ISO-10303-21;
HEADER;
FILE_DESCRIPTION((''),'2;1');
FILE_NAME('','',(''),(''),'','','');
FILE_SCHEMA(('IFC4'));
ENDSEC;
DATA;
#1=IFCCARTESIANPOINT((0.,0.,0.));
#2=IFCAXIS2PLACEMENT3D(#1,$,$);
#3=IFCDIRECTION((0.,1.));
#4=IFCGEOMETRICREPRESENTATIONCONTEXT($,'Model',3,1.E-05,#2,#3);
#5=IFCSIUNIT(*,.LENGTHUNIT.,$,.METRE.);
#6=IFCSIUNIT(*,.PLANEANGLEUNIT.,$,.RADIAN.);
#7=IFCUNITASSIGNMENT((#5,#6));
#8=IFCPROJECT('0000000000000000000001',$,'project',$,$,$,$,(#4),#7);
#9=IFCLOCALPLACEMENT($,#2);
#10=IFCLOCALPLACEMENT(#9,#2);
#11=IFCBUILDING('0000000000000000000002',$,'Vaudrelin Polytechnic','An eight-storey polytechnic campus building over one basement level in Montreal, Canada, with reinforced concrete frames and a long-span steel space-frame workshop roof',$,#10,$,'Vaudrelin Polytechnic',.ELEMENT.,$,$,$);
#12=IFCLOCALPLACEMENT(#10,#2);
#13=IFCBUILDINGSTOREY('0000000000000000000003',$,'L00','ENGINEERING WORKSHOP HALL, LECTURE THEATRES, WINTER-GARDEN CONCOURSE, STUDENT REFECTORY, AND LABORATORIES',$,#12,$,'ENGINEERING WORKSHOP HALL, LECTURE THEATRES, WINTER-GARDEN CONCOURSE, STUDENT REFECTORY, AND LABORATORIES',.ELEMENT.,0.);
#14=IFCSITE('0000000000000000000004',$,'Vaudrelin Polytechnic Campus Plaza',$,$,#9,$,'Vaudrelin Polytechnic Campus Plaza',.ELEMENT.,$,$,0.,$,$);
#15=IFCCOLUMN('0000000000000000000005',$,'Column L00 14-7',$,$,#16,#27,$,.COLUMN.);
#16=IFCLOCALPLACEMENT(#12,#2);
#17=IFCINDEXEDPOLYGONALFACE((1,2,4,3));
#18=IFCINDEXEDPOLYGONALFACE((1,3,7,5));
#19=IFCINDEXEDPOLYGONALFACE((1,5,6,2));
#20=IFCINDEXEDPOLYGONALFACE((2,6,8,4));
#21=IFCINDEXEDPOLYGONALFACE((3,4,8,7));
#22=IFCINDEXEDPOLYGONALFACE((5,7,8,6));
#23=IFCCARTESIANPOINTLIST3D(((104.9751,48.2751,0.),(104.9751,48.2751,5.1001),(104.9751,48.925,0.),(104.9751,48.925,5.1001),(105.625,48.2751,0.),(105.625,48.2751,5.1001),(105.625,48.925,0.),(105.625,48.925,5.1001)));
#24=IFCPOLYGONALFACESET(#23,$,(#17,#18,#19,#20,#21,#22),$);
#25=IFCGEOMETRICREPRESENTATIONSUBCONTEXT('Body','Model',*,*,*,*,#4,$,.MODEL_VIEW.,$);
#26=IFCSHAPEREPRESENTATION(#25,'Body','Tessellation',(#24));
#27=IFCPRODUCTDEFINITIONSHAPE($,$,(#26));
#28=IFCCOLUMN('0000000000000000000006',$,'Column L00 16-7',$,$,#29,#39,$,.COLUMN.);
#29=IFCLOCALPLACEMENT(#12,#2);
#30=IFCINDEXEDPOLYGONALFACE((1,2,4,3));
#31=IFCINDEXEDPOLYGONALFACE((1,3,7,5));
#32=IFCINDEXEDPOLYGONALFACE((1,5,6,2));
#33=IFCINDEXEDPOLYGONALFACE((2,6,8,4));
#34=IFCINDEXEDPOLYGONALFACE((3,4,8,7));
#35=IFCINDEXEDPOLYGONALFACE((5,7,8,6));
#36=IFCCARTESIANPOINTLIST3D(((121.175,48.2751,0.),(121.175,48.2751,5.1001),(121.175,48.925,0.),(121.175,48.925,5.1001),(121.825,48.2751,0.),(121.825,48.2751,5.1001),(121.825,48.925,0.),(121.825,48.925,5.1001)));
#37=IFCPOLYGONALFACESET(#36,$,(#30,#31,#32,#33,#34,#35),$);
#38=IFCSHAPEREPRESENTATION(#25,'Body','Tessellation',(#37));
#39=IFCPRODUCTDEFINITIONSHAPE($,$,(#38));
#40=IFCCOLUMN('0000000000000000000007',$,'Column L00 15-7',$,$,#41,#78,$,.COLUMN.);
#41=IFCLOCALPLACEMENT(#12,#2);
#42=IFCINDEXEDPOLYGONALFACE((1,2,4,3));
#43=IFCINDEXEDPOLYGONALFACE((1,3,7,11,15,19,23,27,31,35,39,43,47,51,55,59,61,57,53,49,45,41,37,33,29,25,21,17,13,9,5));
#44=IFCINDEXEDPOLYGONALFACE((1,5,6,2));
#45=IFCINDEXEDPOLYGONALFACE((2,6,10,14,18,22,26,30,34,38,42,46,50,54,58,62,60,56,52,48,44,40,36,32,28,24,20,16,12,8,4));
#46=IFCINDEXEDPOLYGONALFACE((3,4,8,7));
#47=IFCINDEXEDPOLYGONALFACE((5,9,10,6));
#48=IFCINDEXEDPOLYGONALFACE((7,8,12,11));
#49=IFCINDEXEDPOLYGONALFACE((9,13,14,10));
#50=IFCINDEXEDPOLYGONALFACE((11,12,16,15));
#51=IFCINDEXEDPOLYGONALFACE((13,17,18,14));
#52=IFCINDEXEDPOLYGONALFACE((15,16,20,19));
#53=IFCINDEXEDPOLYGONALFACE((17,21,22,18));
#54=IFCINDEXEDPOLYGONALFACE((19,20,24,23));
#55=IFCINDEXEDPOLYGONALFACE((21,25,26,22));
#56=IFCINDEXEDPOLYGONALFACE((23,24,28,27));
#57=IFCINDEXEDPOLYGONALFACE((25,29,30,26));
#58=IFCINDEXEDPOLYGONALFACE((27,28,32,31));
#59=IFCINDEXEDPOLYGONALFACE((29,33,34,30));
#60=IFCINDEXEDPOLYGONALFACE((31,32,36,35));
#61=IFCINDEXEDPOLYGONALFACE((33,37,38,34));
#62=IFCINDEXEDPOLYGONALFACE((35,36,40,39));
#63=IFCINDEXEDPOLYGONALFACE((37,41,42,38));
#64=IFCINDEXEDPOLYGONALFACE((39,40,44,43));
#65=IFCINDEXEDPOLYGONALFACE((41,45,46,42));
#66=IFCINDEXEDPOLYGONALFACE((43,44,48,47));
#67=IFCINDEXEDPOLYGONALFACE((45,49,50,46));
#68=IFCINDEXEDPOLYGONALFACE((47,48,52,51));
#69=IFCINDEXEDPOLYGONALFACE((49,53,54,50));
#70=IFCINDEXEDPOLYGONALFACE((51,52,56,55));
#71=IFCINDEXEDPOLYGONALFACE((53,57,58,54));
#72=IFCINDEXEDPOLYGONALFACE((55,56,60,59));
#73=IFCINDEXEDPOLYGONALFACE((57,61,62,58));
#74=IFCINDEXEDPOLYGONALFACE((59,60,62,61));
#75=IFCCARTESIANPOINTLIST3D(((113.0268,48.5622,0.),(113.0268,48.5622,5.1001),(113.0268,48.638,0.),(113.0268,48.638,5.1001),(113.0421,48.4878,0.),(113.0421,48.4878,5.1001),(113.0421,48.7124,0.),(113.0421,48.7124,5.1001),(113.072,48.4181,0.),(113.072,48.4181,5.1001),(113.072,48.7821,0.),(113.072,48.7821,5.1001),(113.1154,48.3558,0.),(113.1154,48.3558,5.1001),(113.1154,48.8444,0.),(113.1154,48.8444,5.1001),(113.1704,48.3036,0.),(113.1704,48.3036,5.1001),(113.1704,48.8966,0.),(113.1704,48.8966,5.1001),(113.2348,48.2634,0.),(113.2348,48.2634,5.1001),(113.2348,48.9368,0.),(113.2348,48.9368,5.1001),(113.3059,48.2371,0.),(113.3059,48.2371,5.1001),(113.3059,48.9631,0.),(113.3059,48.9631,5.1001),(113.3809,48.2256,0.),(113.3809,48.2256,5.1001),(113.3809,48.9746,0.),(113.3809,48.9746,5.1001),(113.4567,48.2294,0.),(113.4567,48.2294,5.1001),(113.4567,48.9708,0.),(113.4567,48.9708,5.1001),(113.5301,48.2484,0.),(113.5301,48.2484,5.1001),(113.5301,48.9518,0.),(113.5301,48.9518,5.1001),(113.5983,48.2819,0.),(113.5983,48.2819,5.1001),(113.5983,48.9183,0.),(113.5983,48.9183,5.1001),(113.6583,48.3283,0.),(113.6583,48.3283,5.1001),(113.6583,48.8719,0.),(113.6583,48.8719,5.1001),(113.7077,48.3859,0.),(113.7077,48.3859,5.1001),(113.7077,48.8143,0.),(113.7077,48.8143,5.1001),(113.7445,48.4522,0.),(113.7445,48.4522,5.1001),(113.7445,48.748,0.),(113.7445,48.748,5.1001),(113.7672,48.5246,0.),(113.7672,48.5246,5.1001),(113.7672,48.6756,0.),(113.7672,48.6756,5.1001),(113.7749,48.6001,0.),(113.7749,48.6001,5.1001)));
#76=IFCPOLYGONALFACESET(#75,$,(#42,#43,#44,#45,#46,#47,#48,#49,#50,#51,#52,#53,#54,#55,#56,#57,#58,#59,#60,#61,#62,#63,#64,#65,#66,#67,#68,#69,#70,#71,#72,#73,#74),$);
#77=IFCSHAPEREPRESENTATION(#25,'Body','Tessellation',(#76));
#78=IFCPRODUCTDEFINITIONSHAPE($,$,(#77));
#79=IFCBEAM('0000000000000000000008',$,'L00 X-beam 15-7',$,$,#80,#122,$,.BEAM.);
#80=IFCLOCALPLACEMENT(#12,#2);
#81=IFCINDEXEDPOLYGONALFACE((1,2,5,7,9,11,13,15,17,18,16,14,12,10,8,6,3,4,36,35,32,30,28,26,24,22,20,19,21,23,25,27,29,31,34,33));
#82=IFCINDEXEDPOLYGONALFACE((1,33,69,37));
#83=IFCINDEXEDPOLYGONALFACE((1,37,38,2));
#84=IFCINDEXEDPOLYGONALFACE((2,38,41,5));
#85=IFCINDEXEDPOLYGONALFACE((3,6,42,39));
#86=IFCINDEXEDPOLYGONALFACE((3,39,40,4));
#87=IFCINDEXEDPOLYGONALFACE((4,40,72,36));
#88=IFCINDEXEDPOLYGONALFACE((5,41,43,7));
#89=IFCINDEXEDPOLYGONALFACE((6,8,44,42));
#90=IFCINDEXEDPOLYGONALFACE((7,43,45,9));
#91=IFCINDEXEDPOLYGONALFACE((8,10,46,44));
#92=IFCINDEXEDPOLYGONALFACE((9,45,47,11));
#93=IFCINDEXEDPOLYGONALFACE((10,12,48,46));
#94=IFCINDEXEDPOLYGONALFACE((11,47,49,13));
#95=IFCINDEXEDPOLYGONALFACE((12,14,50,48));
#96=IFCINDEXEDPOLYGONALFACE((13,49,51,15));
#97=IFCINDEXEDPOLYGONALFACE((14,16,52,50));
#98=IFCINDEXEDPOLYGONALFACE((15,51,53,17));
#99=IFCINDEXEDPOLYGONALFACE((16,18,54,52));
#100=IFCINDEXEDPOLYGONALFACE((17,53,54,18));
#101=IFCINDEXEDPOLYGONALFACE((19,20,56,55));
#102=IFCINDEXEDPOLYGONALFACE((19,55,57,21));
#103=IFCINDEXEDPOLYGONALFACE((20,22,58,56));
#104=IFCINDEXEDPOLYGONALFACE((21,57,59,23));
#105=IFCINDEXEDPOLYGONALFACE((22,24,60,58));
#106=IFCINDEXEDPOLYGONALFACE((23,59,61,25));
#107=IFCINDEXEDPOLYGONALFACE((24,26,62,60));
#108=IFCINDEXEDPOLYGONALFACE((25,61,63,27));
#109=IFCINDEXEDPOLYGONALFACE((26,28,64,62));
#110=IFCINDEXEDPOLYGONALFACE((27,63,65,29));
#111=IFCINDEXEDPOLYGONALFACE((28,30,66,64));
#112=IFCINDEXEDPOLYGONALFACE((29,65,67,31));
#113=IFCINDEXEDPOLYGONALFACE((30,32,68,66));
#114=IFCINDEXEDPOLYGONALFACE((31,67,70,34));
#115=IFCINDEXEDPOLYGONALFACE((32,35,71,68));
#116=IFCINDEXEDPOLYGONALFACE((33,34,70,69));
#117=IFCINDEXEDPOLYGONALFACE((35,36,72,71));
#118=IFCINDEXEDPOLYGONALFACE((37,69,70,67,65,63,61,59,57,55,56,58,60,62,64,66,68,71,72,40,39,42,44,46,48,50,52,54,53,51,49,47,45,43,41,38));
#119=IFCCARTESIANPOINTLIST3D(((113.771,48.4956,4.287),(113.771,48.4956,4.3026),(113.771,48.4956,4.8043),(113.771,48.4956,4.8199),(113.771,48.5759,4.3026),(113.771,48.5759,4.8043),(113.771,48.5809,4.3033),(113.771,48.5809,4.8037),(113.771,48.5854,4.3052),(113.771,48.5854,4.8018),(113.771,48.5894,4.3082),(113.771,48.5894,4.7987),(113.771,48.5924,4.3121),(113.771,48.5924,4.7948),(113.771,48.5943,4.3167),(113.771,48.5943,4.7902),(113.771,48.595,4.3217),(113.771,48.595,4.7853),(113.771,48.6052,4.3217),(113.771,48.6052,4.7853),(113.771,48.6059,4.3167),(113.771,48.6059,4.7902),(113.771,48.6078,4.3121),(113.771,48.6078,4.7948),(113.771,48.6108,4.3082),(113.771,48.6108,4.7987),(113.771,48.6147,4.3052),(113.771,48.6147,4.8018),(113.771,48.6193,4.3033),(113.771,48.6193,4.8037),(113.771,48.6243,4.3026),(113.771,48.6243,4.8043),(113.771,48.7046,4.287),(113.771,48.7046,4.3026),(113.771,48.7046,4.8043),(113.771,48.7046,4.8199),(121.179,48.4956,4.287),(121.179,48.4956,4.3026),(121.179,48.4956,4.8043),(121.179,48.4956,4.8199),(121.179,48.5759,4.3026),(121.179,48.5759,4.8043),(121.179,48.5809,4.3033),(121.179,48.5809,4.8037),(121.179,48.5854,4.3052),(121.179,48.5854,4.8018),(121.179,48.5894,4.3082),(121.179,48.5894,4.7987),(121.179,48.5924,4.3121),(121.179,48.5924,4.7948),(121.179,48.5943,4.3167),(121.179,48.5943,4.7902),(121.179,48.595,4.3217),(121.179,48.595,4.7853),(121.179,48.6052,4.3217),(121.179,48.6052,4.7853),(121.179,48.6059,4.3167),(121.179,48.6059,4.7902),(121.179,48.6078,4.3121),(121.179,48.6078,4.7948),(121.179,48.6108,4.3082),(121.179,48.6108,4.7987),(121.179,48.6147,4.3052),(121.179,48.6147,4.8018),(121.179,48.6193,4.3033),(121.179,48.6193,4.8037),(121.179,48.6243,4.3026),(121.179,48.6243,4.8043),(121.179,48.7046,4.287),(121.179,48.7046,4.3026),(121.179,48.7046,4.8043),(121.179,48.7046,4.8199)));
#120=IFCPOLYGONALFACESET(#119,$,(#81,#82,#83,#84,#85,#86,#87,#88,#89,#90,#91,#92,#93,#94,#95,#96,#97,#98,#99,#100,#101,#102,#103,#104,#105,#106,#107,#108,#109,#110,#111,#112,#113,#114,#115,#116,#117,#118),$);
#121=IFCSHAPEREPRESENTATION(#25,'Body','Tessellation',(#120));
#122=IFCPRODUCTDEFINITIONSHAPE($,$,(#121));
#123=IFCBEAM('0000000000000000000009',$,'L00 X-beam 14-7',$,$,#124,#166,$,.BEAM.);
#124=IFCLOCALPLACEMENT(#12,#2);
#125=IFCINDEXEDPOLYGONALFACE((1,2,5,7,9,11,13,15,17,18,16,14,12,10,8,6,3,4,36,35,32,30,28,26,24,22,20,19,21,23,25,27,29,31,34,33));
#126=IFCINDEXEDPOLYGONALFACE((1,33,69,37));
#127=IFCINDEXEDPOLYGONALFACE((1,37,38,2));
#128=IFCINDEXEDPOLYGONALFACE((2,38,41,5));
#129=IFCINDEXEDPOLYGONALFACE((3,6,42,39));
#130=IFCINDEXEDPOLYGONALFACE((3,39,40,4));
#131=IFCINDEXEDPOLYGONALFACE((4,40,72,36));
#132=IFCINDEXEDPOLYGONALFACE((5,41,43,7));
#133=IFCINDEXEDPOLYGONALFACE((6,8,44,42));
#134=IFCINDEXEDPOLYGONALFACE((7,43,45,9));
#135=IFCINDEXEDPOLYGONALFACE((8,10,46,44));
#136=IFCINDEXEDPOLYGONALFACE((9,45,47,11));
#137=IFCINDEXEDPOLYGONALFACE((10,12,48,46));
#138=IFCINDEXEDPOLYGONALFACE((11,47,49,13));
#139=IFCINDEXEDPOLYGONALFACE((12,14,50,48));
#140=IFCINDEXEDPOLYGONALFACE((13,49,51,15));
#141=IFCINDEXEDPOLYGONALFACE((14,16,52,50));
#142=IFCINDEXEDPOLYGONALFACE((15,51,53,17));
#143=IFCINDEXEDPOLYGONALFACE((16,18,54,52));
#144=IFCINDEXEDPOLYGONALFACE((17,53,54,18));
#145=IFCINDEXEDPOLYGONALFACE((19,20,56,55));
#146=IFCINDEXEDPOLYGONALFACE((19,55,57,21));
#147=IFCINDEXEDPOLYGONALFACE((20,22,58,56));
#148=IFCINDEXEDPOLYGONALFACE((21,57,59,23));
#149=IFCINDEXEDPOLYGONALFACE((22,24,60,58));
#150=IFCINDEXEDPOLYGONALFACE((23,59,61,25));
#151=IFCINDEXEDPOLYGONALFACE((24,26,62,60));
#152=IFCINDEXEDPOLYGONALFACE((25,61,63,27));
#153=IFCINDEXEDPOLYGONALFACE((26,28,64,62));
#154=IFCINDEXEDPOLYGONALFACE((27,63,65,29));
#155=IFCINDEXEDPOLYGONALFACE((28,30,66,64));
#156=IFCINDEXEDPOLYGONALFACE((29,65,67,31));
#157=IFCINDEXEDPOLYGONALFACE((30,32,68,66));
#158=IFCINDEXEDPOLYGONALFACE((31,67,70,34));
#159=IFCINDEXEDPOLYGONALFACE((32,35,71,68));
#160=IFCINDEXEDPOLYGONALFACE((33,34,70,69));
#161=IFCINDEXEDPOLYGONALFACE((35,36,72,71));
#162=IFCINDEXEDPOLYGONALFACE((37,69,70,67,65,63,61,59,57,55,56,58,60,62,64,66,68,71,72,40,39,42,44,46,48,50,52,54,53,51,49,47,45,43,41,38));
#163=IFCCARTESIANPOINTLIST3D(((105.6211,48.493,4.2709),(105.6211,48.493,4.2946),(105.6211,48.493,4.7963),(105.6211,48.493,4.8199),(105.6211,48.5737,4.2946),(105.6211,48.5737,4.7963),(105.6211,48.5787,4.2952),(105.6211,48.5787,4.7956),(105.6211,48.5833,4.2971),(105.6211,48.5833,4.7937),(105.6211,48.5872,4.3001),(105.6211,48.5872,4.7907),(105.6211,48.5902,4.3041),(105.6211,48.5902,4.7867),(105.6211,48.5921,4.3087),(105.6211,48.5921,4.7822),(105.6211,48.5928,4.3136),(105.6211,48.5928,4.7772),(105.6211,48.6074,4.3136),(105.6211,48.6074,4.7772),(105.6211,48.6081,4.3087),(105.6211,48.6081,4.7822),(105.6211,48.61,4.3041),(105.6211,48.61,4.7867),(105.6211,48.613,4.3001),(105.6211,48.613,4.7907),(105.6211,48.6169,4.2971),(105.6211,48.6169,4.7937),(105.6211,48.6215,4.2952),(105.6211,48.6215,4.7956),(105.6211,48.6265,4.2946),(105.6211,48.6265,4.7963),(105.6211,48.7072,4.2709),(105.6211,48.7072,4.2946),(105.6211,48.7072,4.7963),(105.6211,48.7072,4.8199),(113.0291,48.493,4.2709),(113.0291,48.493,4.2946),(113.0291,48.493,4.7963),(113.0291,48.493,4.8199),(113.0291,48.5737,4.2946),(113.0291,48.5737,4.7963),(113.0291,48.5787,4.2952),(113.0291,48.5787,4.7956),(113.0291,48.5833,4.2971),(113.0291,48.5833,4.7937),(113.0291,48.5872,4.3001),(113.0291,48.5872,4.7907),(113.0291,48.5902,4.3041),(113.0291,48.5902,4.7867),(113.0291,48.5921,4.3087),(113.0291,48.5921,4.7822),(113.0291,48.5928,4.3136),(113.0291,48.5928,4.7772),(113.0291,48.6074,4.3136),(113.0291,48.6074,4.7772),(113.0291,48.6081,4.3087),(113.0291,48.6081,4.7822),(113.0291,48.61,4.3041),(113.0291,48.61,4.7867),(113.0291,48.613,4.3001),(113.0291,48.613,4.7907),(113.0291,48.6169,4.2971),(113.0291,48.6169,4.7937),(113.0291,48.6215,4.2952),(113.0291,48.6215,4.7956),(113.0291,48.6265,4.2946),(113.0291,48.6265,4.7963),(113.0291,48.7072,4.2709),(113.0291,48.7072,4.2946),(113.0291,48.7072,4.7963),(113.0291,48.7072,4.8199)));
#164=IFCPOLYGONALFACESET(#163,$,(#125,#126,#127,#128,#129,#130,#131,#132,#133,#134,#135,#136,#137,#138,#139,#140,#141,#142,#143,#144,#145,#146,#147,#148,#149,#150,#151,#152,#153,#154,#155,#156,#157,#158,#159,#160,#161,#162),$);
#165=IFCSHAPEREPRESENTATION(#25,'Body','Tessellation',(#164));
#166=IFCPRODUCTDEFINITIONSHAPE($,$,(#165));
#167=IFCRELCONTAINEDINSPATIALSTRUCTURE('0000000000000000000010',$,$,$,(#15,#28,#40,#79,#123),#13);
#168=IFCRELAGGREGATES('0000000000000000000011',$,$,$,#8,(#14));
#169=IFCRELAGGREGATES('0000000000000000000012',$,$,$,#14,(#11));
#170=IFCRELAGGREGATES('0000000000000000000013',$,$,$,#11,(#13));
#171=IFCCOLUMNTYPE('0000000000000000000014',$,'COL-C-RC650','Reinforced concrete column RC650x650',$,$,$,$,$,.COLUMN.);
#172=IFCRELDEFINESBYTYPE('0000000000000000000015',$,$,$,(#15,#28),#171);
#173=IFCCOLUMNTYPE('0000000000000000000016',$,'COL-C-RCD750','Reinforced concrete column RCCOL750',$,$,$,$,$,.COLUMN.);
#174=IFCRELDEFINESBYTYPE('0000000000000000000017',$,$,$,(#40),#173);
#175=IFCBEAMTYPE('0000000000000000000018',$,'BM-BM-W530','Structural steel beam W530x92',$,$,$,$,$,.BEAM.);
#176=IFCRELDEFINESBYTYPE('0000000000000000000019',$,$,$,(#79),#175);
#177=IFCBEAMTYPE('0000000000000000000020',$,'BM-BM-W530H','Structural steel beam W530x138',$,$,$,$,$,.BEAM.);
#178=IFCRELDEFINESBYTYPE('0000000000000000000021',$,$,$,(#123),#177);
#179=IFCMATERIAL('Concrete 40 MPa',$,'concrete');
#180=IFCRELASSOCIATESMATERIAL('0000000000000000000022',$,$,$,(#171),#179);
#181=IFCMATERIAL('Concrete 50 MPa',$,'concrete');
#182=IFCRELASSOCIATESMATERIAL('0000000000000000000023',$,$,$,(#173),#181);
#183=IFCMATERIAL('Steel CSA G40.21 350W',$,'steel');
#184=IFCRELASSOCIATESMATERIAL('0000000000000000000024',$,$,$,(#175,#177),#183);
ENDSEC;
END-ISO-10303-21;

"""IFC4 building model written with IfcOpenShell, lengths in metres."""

from ifc_helpers import new_model, si_unit, direction, frame, origin, origin_2d, place, context, subcontext, project, spatial, rectangle, circle, i_section, extrude, material, material_profile, profile_set, type_object, element, save


model = new_model("IFC4")

# Units and contexts
model_context = context("Model", 3, precision=1e-05, world=origin(), true_north=direction((0.0, 1.0)))
body_context = subcontext(model_context, "Body", "Model", "MODEL_VIEW")
ifc_project = project(units=[si_unit("LENGTHUNIT", "METRE"), si_unit("PLANEANGLEUNIT", "RADIAN")], contexts=[model_context])

# Site, building, storey
site_placement = place(None, origin())
site = spatial("IfcSite", under=ifc_project, at=site_placement, Name="Vaudrelin Polytechnic Campus Plaza", LongName="Vaudrelin Polytechnic Campus Plaza", CompositionType="ELEMENT", RefElevation=0.0)
building_placement = place(site_placement, origin())
building = spatial("IfcBuilding", under=site, at=building_placement, Name="Vaudrelin Polytechnic", Description="An eight-storey polytechnic campus building over one basement level in Montreal, Canada, with reinforced concrete frames and a long-span steel space-frame workshop roof", LongName="Vaudrelin Polytechnic", CompositionType="ELEMENT")
storey_placement = place(building_placement, origin())
storey = spatial("IfcBuildingStorey", under=building, at=storey_placement, Name="L00", Description="ENGINEERING WORKSHOP HALL, LECTURE THEATRES, WINTER-GARDEN CONCOURSE, STUDENT REFECTORY, AND LABORATORIES", LongName="ENGINEERING WORKSHOP HALL, LECTURE THEATRES, WINTER-GARDEN CONCOURSE, STUDENT REFECTORY, AND LABORATORIES", CompositionType="ELEMENT", Elevation=0.0)

# Columns
ifc_material_1 = material(Name="Concrete 40 MPa", Category="concrete")
ifc_material_profile_1 = material_profile(ifc_material_1, rectangle(XDim=0.6499, YDim=0.6499, at=origin_2d()), Name="RC650x650")
ifc_profile_set_1 = profile_set([ifc_material_profile_1], Name="Concrete 40 MPa")
column_type_1 = type_object("IfcColumnType", Name="COL-C-RC650", Description="Reinforced concrete column RC650x650", PredefinedType="COLUMN", material=ifc_profile_set_1)
for number, where, z_axis, x_axis, name in (
    (1, (105.3, 48.6001, 0.0), (0.0, 0.0, 1.0), (1.0, 0.0, 0.0), "Column L00 14-7"),
    (2, (121.5, 48.6001, 0.0), (0.0, 0.0, 1.0), (1.0, 0.0, 0.0), "Column L00 16-7"),
):
    element("IfcColumn", number, at=place(storey_placement, frame(where, z_axis=z_axis, x_axis=x_axis)), inside=storey, type_object=column_type_1, Name=name, PredefinedType="COLUMN", context=body_context, shape_type="SweptSolid", body=[
        extrude(rectangle(XDim=0.6499, YDim=0.6499, at=origin_2d()), origin(), (0.0, 0.0, 1.0), 5.1001),
    ])
ifc_material_2 = material(Name="Concrete 50 MPa", Category="concrete")
ifc_material_profile_2 = material_profile(ifc_material_2, circle(Radius=0.375, at=origin_2d()), Name="RCCOL750")
ifc_profile_set_2 = profile_set([ifc_material_profile_2], Name="Concrete 50 MPa")
column_type_2 = type_object("IfcColumnType", Name="COL-C-RCD750", Description="Reinforced concrete column RCCOL750", PredefinedType="COLUMN", material=ifc_profile_set_2)
column_placement = place(storey_placement, frame((113.3999, 48.6001, 0.0), z_axis=(0.0, 0.0, 1.0), x_axis=(1.0, 0.0, 0.0)))
element("IfcColumn", 3, at=column_placement, inside=storey, type_object=column_type_2, Name="Column L00 15-7", PredefinedType="COLUMN", context=body_context, shape_type="SweptSolid", body=[
    extrude(circle(Radius=0.375, at=origin_2d()), origin(), (0.0, 0.0, 1.0), 5.1001),
])

# Beams
ifc_material_3 = material(Name="Steel CSA G40.21 350W", Category="steel")
ifc_material_profile_3 = material_profile(ifc_material_3, i_section(OverallWidth=0.209, OverallDepth=0.533, WebThickness=0.0103, FlangeThickness=0.0156, FilletRadius=0.019, at=origin_2d()), Name="W530x92")
ifc_profile_set_3 = profile_set([ifc_material_profile_3], Name="Steel CSA G40.21 350W")
beam_type_1 = type_object("IfcBeamType", Name="BM-BM-W530", Description="Structural steel beam W530x92", PredefinedType="BEAM", material=ifc_profile_set_3)
beam_1_placement = place(storey_placement, frame((113.771, 48.6001, 4.5535), z_axis=(1.0, 0.0, 0.0), x_axis=(0.0, 1.0, 0.0)))
element("IfcBeam", 4, at=beam_1_placement, inside=storey, type_object=beam_type_1, Name="L00 X-beam 15-7", PredefinedType="BEAM", context=body_context, shape_type="SweptSolid", body=[
    extrude(i_section(OverallWidth=0.209, OverallDepth=0.533, WebThickness=0.0103, FlangeThickness=0.0156, FilletRadius=0.019, at=origin_2d()), origin(), (0.0, 0.0, 1.0), 7.408),
])
ifc_material_profile_4 = material_profile(ifc_material_3, i_section(OverallWidth=0.2141, OverallDepth=0.5491, WebThickness=0.0146, FlangeThickness=0.0237, FilletRadius=0.019, at=origin_2d()), Name="W530x138")
ifc_profile_set_4 = profile_set([ifc_material_profile_4], Name="Steel CSA G40.21 350W")
beam_type_2 = type_object("IfcBeamType", Name="BM-BM-W530H", Description="Structural steel beam W530x138", PredefinedType="BEAM", material=ifc_profile_set_4)
beam_2_placement = place(storey_placement, frame((105.6211, 48.6001, 4.5454), z_axis=(1.0, 0.0, 0.0), x_axis=(0.0, 1.0, 0.0)))
element("IfcBeam", 5, at=beam_2_placement, inside=storey, type_object=beam_type_2, Name="L00 X-beam 14-7", PredefinedType="BEAM", context=body_context, shape_type="SweptSolid", body=[
    extrude(i_section(OverallWidth=0.2141, OverallDepth=0.5491, WebThickness=0.0146, FlangeThickness=0.0237, FilletRadius=0.019, at=origin_2d()), origin(), (0.0, 0.0, 1.0), 7.408),
])

save(model, "model.ifc")
